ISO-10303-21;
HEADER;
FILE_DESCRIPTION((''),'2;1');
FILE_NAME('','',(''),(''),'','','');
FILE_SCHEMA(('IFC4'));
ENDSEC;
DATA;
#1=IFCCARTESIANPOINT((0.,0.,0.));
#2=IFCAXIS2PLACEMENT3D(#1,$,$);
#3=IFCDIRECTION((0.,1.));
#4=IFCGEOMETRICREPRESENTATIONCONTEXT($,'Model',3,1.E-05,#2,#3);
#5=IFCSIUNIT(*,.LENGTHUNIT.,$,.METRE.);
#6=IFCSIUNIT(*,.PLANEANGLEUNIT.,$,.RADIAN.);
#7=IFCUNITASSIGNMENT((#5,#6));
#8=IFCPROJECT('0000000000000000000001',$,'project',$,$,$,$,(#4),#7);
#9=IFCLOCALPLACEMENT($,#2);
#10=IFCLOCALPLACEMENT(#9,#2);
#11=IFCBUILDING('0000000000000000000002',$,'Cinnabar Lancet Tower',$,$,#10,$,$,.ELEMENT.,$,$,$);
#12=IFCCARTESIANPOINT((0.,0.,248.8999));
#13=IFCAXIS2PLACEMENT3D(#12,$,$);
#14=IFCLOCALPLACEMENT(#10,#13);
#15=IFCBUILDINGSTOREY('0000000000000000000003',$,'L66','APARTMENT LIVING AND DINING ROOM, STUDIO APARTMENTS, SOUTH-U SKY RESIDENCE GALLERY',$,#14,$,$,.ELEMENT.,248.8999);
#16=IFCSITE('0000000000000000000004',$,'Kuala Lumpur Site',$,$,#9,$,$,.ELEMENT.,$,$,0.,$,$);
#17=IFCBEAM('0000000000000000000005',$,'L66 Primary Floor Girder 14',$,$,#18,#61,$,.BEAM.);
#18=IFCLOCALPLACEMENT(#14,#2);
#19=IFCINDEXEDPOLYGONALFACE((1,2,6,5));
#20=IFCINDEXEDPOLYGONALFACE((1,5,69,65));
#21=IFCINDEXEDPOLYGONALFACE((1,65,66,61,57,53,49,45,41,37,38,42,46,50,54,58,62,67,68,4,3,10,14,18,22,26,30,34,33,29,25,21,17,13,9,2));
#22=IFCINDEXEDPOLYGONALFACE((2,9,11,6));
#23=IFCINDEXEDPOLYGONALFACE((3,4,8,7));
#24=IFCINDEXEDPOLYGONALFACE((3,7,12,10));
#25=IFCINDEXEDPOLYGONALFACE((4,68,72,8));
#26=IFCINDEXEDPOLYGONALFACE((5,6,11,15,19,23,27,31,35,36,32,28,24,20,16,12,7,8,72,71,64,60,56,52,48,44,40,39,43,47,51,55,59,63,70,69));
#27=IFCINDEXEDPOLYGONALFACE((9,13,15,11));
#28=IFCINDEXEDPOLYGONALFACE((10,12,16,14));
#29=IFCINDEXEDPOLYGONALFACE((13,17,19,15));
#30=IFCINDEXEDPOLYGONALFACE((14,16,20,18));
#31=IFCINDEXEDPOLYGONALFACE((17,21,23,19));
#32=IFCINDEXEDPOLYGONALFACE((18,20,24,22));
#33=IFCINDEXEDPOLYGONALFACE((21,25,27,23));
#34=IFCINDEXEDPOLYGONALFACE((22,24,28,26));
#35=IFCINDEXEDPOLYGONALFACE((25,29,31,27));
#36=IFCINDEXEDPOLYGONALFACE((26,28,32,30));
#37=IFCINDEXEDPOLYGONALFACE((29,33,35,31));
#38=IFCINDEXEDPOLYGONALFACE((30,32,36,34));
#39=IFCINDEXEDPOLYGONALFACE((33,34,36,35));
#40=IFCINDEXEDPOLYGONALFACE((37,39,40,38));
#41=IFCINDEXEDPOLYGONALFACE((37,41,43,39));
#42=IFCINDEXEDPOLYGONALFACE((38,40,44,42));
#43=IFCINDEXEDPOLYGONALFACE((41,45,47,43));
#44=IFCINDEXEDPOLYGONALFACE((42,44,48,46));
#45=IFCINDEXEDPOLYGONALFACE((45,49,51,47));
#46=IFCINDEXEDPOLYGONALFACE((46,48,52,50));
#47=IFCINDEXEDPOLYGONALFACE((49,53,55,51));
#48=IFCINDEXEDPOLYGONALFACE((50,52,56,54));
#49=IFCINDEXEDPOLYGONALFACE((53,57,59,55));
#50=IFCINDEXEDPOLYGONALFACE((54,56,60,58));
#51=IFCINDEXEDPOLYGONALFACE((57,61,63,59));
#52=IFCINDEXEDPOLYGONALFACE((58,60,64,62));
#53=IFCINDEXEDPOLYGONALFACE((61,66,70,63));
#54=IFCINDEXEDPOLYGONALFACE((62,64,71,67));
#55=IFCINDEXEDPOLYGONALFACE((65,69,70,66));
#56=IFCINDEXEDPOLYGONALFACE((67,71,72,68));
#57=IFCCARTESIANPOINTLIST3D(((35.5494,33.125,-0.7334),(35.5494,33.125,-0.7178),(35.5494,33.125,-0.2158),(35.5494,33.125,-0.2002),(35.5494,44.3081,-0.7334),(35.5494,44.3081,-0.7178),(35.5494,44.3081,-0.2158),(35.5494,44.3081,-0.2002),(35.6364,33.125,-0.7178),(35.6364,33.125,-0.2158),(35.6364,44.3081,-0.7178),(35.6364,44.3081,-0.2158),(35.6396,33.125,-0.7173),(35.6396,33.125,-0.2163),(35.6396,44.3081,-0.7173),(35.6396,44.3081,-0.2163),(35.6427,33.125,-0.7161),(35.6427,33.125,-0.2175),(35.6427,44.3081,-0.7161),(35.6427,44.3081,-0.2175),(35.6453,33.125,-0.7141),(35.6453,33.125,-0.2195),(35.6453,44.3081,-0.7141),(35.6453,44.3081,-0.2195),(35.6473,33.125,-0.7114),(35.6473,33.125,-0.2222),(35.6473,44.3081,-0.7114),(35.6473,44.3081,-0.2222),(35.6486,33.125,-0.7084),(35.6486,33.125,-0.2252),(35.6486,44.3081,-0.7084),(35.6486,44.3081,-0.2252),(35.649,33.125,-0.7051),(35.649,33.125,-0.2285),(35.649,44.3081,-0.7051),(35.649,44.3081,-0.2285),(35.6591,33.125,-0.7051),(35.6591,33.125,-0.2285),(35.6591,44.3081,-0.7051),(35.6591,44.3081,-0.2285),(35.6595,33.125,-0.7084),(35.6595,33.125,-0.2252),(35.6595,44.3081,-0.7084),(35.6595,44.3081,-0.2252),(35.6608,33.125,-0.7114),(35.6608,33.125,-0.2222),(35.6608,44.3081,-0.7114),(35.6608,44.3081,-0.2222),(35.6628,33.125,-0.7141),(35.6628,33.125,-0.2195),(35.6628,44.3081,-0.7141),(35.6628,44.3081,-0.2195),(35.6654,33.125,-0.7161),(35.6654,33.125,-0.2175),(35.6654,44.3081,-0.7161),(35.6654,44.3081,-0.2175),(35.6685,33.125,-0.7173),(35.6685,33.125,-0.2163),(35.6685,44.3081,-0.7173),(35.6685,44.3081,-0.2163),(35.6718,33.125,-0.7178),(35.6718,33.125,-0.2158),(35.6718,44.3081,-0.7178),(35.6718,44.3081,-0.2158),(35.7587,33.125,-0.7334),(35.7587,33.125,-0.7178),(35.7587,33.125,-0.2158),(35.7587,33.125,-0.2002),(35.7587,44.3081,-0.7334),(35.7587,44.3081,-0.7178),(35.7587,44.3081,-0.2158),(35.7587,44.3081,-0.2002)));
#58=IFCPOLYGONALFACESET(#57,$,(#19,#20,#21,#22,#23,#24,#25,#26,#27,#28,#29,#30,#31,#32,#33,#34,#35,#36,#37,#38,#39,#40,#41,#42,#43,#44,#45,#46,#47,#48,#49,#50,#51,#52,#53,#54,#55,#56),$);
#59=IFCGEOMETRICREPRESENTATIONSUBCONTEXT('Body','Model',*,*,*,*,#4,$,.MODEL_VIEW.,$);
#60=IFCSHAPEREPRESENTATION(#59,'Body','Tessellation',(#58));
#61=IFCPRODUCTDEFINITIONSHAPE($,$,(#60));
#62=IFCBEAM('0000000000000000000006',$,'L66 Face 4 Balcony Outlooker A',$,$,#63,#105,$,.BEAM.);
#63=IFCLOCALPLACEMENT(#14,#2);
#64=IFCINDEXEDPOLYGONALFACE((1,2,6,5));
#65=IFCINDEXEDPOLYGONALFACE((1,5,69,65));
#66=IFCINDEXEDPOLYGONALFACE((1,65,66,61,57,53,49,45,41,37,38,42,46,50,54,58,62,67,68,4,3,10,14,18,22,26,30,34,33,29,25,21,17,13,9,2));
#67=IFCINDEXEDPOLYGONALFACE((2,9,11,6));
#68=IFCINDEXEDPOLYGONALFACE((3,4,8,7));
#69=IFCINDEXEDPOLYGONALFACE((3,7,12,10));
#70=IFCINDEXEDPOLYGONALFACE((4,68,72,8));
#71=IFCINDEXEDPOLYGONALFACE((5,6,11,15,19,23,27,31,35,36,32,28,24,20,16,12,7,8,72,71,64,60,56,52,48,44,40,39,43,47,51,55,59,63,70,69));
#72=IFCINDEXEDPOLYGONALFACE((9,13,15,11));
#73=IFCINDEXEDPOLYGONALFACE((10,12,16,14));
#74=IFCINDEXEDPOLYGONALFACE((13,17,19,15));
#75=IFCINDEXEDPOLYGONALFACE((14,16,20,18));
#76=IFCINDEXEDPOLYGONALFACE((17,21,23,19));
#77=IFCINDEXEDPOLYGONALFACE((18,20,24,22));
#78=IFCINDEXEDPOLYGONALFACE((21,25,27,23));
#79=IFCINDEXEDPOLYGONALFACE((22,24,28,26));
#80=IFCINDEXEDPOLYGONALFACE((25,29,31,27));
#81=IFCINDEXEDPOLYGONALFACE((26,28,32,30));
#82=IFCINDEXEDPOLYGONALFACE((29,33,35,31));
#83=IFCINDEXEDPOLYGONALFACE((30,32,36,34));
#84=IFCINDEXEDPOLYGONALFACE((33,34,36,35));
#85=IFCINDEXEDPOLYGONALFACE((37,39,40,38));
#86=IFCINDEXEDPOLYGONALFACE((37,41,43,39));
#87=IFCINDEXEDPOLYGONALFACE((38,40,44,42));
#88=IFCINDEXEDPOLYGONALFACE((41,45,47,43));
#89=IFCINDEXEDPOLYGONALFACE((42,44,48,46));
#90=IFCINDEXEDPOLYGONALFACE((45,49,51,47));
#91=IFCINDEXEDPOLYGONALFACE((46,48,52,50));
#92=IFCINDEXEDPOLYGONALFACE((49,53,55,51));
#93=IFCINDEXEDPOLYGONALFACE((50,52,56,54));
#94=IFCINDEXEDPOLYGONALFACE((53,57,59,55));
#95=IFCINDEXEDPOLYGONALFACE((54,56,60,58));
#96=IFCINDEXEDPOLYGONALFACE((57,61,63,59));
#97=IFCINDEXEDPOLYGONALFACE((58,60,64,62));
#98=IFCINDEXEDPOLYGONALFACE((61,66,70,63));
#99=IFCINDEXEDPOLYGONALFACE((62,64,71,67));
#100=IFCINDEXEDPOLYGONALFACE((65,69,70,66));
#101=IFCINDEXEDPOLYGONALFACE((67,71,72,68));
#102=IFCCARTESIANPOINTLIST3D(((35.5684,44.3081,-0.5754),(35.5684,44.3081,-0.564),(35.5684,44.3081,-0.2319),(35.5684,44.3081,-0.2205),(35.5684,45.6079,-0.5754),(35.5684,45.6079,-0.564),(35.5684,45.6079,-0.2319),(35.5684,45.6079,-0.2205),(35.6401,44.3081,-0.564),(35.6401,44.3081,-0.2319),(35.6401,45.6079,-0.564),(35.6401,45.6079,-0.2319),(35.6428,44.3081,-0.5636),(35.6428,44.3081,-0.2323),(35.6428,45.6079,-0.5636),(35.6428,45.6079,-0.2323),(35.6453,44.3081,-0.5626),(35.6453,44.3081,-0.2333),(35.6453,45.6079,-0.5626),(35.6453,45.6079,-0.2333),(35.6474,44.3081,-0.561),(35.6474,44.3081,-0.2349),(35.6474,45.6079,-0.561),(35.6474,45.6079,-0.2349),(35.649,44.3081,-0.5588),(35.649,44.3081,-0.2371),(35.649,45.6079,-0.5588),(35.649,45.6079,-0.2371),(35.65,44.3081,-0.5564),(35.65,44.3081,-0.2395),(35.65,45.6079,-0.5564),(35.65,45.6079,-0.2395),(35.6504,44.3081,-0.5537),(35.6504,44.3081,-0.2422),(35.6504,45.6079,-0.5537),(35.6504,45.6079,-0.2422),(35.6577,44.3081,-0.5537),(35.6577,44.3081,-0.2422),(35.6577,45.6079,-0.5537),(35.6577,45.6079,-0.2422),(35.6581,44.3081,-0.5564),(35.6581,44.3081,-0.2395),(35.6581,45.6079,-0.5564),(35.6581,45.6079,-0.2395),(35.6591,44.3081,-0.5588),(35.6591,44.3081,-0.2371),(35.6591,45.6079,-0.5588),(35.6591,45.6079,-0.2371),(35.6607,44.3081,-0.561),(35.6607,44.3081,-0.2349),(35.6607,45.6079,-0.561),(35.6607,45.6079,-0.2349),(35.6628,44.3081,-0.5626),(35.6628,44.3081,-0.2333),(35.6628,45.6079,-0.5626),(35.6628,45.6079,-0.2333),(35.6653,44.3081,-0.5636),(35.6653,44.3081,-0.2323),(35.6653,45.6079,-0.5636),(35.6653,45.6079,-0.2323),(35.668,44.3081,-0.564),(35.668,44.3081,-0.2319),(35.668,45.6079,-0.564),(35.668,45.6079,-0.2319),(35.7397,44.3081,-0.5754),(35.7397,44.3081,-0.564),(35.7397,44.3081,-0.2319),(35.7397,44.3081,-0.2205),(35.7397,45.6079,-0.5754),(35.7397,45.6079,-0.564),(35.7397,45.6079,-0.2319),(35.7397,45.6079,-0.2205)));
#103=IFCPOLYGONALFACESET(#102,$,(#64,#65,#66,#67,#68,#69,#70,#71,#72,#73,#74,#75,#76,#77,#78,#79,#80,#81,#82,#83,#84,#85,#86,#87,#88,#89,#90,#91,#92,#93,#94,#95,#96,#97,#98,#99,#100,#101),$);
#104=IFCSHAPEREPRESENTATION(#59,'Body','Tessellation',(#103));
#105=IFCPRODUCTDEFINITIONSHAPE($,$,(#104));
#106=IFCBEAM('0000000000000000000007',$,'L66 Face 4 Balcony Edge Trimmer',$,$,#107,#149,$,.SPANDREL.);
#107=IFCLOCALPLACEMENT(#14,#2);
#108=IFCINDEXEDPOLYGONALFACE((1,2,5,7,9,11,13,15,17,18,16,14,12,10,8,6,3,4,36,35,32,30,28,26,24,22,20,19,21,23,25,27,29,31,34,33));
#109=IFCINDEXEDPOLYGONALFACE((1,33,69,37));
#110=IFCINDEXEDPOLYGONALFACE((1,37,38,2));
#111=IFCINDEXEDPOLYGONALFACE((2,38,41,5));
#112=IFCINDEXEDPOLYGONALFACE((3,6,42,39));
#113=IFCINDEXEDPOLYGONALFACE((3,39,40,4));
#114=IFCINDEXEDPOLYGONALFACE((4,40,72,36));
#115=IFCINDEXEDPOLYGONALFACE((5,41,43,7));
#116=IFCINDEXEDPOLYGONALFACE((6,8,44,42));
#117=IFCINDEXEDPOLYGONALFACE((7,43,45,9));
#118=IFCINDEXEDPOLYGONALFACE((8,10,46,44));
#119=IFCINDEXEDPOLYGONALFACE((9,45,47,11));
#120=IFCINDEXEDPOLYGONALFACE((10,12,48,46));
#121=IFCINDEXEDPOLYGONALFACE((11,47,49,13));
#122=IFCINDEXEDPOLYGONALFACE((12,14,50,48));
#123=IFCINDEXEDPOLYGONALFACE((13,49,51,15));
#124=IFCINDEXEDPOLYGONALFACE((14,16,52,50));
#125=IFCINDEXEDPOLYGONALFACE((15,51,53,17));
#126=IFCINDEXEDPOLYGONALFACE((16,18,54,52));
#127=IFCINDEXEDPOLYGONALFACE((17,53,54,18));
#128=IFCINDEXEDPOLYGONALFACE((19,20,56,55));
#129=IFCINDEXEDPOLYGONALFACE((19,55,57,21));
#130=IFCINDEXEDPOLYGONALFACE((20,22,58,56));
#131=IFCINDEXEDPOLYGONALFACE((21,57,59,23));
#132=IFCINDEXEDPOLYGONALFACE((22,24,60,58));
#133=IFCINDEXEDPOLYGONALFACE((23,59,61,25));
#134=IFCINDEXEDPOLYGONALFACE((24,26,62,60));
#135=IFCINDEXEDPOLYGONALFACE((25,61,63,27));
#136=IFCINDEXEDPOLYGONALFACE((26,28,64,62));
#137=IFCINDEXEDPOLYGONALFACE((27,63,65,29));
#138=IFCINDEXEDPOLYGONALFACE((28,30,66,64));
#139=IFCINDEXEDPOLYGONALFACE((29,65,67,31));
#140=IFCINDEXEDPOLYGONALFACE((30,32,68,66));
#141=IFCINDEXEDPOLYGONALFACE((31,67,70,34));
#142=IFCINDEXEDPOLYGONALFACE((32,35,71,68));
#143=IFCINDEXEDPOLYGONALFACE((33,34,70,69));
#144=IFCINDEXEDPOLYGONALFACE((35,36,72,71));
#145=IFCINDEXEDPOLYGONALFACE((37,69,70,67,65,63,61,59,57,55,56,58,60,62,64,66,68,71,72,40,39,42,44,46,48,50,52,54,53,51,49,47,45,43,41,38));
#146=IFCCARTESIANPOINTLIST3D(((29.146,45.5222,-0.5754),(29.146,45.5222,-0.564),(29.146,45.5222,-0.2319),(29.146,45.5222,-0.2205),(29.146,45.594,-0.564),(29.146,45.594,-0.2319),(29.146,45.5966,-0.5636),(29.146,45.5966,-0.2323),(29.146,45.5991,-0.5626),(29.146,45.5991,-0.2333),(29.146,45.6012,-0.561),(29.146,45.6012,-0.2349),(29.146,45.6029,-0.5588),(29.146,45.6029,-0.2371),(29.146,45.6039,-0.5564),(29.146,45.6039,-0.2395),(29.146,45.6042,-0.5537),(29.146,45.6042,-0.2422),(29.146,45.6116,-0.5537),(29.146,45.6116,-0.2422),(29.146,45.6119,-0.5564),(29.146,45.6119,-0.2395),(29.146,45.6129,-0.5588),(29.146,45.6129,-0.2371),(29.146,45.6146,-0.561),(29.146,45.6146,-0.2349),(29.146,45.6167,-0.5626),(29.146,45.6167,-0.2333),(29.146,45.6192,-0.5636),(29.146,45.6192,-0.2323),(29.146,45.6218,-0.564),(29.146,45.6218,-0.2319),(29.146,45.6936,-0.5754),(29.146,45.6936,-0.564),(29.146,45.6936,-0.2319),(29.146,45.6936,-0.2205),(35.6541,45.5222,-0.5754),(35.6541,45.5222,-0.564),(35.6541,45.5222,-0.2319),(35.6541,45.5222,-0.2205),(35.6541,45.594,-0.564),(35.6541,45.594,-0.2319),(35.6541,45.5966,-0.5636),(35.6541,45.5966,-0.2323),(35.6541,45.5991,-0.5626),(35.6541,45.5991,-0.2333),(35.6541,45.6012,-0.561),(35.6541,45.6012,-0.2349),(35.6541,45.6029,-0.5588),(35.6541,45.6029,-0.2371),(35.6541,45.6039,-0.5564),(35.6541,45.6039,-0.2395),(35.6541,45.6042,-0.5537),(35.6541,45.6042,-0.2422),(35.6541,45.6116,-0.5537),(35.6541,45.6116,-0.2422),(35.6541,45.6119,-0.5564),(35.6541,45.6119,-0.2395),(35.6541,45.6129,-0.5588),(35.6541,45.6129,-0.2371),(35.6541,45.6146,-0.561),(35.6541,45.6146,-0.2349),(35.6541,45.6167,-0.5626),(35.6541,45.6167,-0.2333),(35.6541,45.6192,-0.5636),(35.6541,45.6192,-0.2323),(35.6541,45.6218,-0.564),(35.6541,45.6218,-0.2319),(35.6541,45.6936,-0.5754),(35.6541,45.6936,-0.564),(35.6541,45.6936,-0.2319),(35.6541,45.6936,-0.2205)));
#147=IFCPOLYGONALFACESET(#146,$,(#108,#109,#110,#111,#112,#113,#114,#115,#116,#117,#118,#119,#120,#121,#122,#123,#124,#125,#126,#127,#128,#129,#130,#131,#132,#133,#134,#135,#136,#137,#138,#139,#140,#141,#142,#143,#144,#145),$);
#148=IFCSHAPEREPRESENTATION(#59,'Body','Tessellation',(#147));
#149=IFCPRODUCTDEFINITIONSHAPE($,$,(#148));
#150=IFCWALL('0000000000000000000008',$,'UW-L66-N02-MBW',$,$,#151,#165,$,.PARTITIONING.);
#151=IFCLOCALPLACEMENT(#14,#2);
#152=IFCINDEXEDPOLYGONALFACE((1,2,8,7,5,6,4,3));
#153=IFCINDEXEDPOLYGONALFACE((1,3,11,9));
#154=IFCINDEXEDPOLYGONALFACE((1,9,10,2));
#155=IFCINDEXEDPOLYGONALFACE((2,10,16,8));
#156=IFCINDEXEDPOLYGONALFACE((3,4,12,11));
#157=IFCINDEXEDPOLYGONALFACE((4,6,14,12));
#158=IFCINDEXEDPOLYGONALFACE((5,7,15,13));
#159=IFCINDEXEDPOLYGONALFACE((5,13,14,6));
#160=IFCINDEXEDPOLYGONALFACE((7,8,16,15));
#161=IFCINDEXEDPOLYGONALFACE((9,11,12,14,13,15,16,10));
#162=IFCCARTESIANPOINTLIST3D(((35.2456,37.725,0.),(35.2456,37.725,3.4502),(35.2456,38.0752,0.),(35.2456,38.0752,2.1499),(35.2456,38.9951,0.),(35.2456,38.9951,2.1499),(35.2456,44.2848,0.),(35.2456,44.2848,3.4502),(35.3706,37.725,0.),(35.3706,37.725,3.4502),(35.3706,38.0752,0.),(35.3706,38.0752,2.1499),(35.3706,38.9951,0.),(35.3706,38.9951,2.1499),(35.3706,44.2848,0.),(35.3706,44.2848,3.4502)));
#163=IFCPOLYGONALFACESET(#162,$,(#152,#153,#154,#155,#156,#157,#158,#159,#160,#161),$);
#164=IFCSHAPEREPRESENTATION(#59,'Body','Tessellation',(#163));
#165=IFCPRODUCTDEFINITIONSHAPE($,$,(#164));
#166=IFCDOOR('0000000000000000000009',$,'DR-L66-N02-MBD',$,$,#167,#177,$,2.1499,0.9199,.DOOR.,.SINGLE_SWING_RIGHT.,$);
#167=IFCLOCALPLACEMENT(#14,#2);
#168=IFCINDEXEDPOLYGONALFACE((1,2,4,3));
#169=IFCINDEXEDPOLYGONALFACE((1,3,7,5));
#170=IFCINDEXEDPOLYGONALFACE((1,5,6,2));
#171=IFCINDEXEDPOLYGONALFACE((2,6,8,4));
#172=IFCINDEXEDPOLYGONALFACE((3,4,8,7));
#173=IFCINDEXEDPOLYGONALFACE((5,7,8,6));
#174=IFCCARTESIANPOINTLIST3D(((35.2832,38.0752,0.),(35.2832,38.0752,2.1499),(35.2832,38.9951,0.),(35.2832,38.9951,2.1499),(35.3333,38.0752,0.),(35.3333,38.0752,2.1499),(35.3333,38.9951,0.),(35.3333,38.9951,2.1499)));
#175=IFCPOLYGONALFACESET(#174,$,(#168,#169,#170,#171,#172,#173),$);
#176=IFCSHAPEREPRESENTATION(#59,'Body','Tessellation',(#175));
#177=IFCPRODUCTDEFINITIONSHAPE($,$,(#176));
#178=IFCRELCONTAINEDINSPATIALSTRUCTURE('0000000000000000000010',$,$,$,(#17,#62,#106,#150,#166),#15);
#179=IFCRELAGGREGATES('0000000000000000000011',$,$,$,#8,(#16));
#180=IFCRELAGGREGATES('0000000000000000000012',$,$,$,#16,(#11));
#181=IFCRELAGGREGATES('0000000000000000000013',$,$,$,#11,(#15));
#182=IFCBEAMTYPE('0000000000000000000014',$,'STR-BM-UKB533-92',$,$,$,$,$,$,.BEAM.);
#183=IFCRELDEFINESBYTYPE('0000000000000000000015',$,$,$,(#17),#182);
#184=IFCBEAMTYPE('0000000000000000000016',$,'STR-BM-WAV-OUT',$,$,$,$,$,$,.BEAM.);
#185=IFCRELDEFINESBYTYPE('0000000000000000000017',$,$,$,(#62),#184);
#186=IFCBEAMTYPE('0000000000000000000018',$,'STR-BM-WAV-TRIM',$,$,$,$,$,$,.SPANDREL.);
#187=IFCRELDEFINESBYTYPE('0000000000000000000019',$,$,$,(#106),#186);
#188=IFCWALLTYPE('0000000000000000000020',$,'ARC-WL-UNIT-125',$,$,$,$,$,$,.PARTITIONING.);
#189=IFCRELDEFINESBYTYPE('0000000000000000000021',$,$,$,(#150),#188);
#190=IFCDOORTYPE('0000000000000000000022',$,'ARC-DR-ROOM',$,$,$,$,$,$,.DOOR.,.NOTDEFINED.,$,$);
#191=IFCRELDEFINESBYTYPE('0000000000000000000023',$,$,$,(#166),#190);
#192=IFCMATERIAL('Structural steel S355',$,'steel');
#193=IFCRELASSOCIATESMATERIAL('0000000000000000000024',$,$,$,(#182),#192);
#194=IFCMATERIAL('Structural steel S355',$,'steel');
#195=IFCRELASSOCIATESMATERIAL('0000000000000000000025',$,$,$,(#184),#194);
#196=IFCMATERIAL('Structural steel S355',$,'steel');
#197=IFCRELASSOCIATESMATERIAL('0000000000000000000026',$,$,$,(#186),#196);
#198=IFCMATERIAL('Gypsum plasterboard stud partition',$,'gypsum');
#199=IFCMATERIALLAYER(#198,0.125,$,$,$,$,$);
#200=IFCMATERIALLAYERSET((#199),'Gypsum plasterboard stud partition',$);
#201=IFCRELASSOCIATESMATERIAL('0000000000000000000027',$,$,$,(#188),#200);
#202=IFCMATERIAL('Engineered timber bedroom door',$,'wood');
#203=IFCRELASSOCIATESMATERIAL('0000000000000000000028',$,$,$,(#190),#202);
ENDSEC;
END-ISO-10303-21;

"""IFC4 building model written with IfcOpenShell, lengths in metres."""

from ifc_helpers import new_model, si_unit, direction, frame, frame_2d, origin, origin_2d, place, context, subcontext, project, spatial, rectangle, i_section, extrude, material, layer, layer_set, material_profile, profile_set, type_object, element, fill, save


model = new_model("IFC4")

# Units and contexts
model_context = context("Model", 3, precision=1e-05, world=origin(), true_north=direction((0.0, 1.0)))
body_context = subcontext(model_context, "Body", "Model", "MODEL_VIEW")
ifc_project = project(units=[si_unit("LENGTHUNIT", "METRE"), si_unit("PLANEANGLEUNIT", "RADIAN")], contexts=[model_context])

# Site, building, storey
site_placement = place(None, origin())
site = spatial("IfcSite", under=ifc_project, at=site_placement, Name="Kuala Lumpur Site", CompositionType="ELEMENT", RefElevation=0.0)
building_placement = place(site_placement, origin())
building = spatial("IfcBuilding", under=site, at=building_placement, Name="Cinnabar Lancet Tower", CompositionType="ELEMENT")
storey_placement = place(building_placement, frame((0.0, 0.0, 248.8999)))
storey = spatial("IfcBuildingStorey", under=building, at=storey_placement, Name="L66", Description="APARTMENT LIVING AND DINING ROOM, STUDIO APARTMENTS, SOUTH-U SKY RESIDENCE GALLERY", CompositionType="ELEMENT", Elevation=248.8999)

# Beams
ifc_material_1 = material(Name="Structural steel S355", Category="steel")
ifc_material_profile_1 = material_profile(ifc_material_1, i_section(OverallWidth=0.2092, OverallDepth=0.5332, WebThickness=0.01, FlangeThickness=0.0156, FilletRadius=0.0127, at=origin_2d()), Name="UKB 533x210x92")
ifc_profile_set_1 = profile_set([ifc_material_profile_1], Name="Structural steel S355")
beam_type_1 = type_object("IfcBeamType", Name="STR-BM-UKB533-92", PredefinedType="BEAM", material=ifc_profile_set_1)
beam_1_placement = place(storey_placement, frame((35.6541, 44.3081, -0.4668), z_axis=(0.0, -1.0, 0.0), x_axis=(1.0, 0.0, 0.0)))
element("IfcBeam", 1, at=beam_1_placement, inside=storey, type_object=beam_type_1, Name="L66 Primary Floor Girder 14", PredefinedType="BEAM", context=body_context, shape_type="SweptSolid", body=[
    extrude(i_section(OverallWidth=0.2092, OverallDepth=0.5332, WebThickness=0.01, FlangeThickness=0.0156, FilletRadius=0.0127, at=origin_2d()), origin(), (0.0, 0.0, 1.0), 11.1831),
])
ifc_material_2 = material(Name="Structural steel S355", Category="steel")
ifc_material_profile_2 = material_profile(ifc_material_2, i_section(OverallWidth=0.1714, OverallDepth=0.355, WebThickness=0.0073, FlangeThickness=0.0115, FilletRadius=0.0103, at=origin_2d()), Name="UKB 356x171x51")
ifc_profile_set_2 = profile_set([ifc_material_profile_2], Name="Structural steel S355")
beam_type_2 = type_object("IfcBeamType", Name="STR-BM-WAV-OUT", PredefinedType="BEAM", material=ifc_profile_set_2)
beam_2_placement = place(storey_placement, frame((35.6541, 44.3081, -0.3979), z_axis=(0.0, 1.0, 0.0), x_axis=(-1.0, 0.0, 0.0)))
element("IfcBeam", 2, at=beam_2_placement, inside=storey, type_object=beam_type_2, Name="L66 Face 4 Balcony Outlooker A", PredefinedType="BEAM", context=body_context, shape_type="SweptSolid", body=[
    extrude(i_section(OverallWidth=0.1714, OverallDepth=0.355, WebThickness=0.0073, FlangeThickness=0.0115, FilletRadius=0.0103, at=origin_2d()), origin(), (0.0, 0.0, 1.0), 1.2998),
])
ifc_material_3 = material(Name="Structural steel S355", Category="steel")
ifc_material_profile_3 = material_profile(ifc_material_3, i_section(OverallWidth=0.1714, OverallDepth=0.355, WebThickness=0.0073, FlangeThickness=0.0115, FilletRadius=0.0103, at=origin_2d()), Name="UKB 356x171x51")
ifc_profile_set_3 = profile_set([ifc_material_profile_3], Name="Structural steel S355")
beam_type_3 = type_object("IfcBeamType", Name="STR-BM-WAV-TRIM", PredefinedType="SPANDREL", material=ifc_profile_set_3)
beam_3_placement = place(storey_placement, frame((35.6541, 45.6079, -0.3979), z_axis=(-1.0, 0.0, 0.0), x_axis=(0.0, -1.0, 0.0)))
element("IfcBeam", 3, at=beam_3_placement, inside=storey, type_object=beam_type_3, Name="L66 Face 4 Balcony Edge Trimmer", PredefinedType="SPANDREL", context=body_context, shape_type="SweptSolid", body=[
    extrude(i_section(OverallWidth=0.1714, OverallDepth=0.355, WebThickness=0.0073, FlangeThickness=0.0115, FilletRadius=0.0103, at=origin_2d()), origin(), (0.0, 0.0, 1.0), 6.5081),
])

# Wall, opening, door
ifc_material_4 = material(Name="Gypsum plasterboard stud partition", Category="gypsum")
ifc_layer_1 = layer(ifc_material_4, 0.125)
ifc_layer_set_1 = layer_set([ifc_layer_1], Name="Gypsum plasterboard stud partition")
wall_type_1 = type_object("IfcWallType", Name="ARC-WL-UNIT-125", PredefinedType="PARTITIONING", material=ifc_layer_set_1)
wall_1_placement = place(storey_placement, frame((35.3081, 37.7251, 0.0), z_axis=(0.0, 0.0, 1.0), x_axis=(0.0, 1.0, 0.0)))
wall_1 = element("IfcWall", 4, at=wall_1_placement, inside=storey, type_object=wall_type_1, Name="UW-L66-N02-MBW", PredefinedType="PARTITIONING", context=body_context, shape_type="SweptSolid", body=[
    extrude(rectangle(XDim=6.5598, YDim=0.125, at=frame_2d((3.2798, 0.0))), origin(), (0.0, 0.0, 1.0), 3.4502),
])
opening_1_placement = place(wall_1_placement, frame((0.3501, 0.0, 0.0)))
opening_1 = element("IfcOpeningElement", 5, at=opening_1_placement, cuts=wall_1, PredefinedType="OPENING", context=body_context, shape_type="SweptSolid", body=[
    extrude(rectangle(XDim=0.9199, YDim=2.1499, at=frame_2d((0.46, 1.075))), frame((0.0, 0.0725, 0.0), z_axis=(0.0, -1.0, 0.0), x_axis=(1.0, 0.0, 0.0)), (0.0, 0.0, 1.0), 0.145),
])
ifc_material_5 = material(Name="Engineered timber bedroom door", Category="wood")
door_type_1 = type_object("IfcDoorType", Name="ARC-DR-ROOM", OperationType="NOTDEFINED", PredefinedType="DOOR", material=ifc_material_5)
door_1_placement = place(opening_1_placement, origin())
door_1 = element("IfcDoor", 6, at=door_1_placement, inside=storey, type_object=door_type_1, Name="DR-L66-N02-MBD", OperationType="SINGLE_SWING_RIGHT", OverallHeight=2.1499, OverallWidth=0.9199, PredefinedType="DOOR", context=body_context, shape_type="SweptSolid", body=[
    extrude(rectangle(XDim=0.9199, YDim=2.1499, at=frame_2d((0.46, 1.075))), frame((0.0, 0.0249, 0.0), z_axis=(0.0, -1.0, 0.0), x_axis=(1.0, 0.0, 0.0)), (0.0, 0.0, 1.0), 0.05),
])
fill(opening_1, door_1)

save(model, "model.ifc")
